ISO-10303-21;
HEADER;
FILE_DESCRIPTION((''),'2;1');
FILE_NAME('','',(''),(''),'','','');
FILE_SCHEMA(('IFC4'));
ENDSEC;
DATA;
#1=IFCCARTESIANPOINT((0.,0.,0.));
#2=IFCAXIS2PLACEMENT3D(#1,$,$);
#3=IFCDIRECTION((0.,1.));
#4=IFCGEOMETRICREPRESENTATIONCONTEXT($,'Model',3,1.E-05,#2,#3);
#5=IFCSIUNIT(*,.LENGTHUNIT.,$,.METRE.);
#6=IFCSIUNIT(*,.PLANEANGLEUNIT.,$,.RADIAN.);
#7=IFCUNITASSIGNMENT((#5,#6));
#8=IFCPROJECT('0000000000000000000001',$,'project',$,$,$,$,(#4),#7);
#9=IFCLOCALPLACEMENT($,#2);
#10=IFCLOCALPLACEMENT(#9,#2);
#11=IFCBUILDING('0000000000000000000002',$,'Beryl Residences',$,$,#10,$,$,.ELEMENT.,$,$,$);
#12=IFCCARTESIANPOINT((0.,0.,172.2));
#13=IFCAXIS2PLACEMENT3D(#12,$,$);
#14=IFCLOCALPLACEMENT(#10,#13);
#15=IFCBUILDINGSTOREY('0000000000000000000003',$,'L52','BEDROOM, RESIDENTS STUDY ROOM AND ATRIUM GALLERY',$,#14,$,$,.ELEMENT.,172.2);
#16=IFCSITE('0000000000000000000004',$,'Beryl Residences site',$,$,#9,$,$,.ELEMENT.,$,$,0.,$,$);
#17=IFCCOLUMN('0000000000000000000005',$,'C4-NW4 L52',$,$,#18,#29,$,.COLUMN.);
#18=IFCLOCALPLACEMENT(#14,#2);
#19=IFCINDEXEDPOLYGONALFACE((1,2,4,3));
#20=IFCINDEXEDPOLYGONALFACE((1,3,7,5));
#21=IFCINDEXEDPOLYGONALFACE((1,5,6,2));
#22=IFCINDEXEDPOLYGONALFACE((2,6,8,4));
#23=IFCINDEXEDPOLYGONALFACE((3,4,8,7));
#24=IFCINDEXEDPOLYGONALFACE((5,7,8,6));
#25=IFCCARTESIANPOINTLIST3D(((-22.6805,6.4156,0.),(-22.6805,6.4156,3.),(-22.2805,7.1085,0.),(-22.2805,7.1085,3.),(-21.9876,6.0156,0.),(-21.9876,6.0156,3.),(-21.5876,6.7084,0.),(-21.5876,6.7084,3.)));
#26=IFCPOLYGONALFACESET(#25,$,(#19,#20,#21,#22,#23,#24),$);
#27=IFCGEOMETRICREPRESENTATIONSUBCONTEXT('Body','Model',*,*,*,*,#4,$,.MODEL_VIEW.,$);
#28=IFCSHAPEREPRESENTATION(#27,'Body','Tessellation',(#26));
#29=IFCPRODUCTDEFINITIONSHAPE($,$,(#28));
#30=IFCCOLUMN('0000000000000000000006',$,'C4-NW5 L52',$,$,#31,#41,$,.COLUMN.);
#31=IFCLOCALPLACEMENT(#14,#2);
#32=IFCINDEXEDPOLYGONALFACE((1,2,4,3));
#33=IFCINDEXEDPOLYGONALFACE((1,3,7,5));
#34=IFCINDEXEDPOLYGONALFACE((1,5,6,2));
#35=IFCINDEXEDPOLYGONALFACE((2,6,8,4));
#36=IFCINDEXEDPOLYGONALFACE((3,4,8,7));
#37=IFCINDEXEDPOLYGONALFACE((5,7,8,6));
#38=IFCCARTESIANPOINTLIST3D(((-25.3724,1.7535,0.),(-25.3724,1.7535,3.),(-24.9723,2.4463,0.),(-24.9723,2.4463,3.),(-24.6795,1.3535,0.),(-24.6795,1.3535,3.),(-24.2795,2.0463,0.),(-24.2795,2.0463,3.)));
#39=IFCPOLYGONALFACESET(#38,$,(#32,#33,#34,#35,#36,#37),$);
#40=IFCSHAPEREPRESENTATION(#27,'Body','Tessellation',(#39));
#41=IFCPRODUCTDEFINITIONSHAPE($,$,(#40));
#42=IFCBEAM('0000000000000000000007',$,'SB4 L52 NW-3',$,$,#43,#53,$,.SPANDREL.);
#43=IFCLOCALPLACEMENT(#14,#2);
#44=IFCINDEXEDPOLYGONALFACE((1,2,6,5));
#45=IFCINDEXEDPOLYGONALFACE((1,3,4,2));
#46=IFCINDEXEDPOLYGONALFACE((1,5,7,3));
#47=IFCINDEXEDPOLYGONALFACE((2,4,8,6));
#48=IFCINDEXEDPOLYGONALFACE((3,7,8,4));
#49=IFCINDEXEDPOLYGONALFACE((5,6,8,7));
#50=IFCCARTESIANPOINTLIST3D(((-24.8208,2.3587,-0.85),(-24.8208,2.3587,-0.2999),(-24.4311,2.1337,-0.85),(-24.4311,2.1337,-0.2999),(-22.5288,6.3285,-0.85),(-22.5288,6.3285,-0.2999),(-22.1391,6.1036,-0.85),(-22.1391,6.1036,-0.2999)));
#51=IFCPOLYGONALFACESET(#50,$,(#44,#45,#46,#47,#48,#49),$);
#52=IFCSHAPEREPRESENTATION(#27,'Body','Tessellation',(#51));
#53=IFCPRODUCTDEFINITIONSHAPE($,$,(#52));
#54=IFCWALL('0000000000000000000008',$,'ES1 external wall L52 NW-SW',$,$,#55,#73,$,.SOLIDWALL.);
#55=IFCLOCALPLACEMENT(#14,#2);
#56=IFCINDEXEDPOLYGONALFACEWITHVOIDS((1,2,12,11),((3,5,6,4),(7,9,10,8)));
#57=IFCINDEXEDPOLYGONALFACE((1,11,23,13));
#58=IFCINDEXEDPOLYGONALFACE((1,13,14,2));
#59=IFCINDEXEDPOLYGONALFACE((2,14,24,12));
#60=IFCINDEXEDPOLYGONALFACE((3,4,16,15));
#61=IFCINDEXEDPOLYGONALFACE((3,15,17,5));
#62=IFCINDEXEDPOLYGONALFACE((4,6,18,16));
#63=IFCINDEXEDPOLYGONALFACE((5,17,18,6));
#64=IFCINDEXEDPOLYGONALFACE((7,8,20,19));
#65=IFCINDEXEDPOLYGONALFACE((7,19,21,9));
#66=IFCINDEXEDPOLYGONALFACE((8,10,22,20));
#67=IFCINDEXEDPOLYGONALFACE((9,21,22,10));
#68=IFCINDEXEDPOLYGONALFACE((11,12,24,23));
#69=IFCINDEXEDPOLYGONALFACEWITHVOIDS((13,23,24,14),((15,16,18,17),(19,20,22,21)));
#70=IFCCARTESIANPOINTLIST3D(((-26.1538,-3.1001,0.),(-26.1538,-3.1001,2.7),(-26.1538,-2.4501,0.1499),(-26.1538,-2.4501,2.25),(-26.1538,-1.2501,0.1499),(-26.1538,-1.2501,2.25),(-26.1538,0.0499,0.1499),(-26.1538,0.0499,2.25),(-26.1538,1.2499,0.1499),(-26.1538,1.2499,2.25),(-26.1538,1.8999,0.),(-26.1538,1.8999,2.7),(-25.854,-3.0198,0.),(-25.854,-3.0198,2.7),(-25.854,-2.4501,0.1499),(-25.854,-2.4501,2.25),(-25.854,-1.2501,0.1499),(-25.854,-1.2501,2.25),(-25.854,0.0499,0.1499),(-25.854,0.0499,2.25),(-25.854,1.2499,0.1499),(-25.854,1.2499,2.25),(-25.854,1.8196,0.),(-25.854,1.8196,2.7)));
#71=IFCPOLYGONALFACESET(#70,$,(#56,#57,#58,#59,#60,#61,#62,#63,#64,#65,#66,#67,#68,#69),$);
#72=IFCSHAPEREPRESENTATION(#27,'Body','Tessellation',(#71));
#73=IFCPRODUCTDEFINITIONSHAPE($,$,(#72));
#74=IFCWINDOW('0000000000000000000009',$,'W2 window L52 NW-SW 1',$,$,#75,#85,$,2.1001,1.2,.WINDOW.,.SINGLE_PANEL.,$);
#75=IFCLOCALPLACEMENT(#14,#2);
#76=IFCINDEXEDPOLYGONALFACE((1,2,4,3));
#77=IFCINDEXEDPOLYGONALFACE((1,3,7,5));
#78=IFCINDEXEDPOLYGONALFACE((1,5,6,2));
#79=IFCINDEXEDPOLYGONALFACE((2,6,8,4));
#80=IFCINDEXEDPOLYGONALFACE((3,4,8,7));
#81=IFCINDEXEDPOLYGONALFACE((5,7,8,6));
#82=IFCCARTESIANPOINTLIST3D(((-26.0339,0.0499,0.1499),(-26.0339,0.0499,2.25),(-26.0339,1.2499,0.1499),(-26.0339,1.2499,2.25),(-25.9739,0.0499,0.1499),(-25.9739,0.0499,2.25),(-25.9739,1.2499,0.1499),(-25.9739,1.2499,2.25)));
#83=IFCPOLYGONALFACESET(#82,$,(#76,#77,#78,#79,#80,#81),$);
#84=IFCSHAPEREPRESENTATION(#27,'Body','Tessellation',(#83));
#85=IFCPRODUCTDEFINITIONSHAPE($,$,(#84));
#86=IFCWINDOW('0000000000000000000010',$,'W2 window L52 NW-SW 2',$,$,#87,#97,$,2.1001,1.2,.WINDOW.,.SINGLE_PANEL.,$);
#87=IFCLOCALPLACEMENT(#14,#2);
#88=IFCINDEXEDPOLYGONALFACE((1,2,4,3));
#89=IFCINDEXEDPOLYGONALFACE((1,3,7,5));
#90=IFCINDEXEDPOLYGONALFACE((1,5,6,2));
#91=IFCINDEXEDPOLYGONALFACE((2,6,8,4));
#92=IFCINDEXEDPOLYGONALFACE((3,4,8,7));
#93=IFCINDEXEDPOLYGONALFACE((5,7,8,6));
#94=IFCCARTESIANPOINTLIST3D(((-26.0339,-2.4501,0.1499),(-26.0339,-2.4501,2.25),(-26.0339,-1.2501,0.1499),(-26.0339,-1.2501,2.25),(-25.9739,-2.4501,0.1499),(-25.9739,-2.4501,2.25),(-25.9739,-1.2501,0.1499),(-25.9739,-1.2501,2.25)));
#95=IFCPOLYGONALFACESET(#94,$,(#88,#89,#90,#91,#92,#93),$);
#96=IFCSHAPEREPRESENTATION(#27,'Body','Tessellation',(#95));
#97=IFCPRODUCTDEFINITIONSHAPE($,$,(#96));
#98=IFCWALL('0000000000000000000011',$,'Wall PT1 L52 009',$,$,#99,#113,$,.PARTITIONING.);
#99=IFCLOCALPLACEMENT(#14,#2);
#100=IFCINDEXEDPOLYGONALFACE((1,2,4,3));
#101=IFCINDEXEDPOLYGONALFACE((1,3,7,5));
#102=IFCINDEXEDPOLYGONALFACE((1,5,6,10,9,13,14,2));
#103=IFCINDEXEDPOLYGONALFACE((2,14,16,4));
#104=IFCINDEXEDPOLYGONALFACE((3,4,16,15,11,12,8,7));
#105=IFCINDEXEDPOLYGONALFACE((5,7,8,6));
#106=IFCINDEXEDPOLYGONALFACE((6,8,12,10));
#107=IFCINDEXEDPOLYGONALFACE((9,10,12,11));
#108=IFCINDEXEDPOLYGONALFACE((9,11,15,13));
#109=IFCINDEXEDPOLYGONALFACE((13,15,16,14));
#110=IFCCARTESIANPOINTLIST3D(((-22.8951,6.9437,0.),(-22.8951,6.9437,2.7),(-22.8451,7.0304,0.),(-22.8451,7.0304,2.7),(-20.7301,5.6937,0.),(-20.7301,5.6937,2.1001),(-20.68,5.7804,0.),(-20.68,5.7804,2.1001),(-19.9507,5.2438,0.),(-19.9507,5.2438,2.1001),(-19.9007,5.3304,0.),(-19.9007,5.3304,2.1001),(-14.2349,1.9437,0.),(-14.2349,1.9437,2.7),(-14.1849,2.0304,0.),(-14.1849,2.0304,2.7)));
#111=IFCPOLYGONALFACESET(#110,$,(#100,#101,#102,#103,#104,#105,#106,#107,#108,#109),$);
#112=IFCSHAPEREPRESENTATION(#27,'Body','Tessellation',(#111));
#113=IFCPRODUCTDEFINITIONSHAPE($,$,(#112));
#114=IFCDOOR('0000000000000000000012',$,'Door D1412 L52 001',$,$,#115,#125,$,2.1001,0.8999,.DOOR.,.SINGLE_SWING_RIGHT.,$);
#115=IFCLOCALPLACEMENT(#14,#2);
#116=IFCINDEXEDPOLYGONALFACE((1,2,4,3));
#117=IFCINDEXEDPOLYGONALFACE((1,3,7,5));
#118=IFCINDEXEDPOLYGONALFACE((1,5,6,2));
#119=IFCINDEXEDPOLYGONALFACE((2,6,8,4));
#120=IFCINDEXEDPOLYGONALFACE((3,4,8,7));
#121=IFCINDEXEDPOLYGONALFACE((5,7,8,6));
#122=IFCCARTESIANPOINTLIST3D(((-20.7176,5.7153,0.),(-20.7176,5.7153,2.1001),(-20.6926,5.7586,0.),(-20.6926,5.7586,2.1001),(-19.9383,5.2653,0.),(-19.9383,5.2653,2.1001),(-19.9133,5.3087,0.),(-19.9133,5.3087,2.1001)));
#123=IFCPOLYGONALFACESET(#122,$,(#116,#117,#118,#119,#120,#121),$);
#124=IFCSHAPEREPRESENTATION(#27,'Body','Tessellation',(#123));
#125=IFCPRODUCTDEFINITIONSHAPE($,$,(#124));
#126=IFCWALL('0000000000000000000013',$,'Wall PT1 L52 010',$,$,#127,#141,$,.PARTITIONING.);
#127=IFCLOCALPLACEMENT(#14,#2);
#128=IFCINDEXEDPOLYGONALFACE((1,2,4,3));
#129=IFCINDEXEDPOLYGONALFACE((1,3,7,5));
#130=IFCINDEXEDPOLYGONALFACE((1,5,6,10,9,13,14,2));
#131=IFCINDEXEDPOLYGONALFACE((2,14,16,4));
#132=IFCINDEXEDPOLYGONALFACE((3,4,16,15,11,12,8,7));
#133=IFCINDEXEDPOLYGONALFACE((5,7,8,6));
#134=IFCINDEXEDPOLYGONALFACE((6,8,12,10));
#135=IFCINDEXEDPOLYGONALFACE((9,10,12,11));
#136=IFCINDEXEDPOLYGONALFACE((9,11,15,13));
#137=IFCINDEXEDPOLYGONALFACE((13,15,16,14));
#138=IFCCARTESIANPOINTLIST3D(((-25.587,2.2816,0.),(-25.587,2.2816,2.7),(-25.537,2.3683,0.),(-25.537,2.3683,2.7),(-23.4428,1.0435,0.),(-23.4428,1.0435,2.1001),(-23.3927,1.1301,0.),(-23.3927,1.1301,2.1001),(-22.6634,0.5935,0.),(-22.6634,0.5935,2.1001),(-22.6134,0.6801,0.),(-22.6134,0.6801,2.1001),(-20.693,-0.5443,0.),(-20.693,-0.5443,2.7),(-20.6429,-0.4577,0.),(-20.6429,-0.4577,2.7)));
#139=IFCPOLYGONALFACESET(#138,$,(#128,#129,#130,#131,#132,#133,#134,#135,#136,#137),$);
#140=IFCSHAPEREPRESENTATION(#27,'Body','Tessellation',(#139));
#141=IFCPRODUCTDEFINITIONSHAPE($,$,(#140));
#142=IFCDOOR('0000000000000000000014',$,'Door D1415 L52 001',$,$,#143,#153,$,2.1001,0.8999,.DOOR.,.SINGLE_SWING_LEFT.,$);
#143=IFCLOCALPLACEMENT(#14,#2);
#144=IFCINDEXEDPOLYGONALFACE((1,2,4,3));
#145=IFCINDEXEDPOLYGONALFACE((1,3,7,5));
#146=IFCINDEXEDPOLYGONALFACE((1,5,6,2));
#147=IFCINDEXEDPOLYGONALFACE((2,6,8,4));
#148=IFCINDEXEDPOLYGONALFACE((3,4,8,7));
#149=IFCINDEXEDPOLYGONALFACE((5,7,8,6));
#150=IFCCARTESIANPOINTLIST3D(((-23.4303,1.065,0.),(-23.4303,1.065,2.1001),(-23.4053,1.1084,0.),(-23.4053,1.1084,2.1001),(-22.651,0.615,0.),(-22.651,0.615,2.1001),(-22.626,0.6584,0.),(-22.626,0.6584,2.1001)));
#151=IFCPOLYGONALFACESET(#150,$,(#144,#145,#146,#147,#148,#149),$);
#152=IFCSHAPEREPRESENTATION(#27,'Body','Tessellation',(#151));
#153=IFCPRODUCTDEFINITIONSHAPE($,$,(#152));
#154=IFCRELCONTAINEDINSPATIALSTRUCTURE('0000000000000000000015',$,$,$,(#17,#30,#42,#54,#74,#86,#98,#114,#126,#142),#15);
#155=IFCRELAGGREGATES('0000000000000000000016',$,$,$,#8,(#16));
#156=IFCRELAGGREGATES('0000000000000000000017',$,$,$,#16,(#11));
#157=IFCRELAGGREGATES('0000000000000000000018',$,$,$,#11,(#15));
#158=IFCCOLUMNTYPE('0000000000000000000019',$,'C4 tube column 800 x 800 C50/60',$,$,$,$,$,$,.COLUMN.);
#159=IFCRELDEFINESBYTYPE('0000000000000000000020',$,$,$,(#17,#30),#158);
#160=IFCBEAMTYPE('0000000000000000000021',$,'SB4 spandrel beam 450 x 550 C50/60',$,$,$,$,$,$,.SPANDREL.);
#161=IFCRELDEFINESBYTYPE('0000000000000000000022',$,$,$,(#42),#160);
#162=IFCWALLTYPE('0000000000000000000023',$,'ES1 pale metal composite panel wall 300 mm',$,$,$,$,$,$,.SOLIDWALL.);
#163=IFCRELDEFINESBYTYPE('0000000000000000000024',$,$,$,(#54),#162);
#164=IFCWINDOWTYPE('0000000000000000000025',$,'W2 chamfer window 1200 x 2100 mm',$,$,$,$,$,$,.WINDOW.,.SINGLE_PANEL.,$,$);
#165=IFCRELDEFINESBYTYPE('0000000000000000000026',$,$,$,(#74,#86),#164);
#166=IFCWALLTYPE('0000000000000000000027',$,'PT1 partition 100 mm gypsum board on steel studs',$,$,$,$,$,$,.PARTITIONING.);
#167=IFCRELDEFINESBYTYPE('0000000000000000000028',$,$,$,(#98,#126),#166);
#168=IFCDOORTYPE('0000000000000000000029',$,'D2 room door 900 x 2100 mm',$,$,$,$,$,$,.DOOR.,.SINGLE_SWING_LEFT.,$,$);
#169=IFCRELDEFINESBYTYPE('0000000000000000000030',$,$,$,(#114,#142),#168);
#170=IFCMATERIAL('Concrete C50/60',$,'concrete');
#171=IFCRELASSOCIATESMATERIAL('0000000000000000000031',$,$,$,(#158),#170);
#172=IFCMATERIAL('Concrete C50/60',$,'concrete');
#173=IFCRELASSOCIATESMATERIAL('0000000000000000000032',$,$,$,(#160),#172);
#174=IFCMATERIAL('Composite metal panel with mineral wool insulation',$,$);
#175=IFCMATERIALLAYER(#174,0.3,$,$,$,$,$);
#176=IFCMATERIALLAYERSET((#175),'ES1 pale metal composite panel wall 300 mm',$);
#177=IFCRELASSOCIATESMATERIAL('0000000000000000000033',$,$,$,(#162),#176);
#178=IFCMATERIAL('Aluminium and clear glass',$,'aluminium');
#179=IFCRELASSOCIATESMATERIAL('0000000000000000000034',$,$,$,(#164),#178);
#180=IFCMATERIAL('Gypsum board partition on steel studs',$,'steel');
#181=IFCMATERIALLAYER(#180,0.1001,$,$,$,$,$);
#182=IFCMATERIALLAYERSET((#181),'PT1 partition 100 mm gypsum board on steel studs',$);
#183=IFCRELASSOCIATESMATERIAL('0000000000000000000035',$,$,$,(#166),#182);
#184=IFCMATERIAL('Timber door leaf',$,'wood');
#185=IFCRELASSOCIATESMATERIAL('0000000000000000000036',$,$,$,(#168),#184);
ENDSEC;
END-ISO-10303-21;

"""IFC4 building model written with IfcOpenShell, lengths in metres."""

from ifc_helpers import new_model, si_unit, direction, frame, frame_2d, origin, origin_2d, place, context, subcontext, project, spatial, polyline, rectangle, outline, extrude, material, layer, layer_set, material_profile, profile_set, type_object, element, fill, save


model = new_model("IFC4")

# Units and contexts
model_context = context("Model", 3, precision=1e-05, world=origin(), true_north=direction((0.0, 1.0)))
body_context = subcontext(model_context, "Body", "Model", "MODEL_VIEW")
ifc_project = project(units=[si_unit("LENGTHUNIT", "METRE"), si_unit("PLANEANGLEUNIT", "RADIAN")], contexts=[model_context])

# Site, building, storey
site_placement = place(None, origin())
site = spatial("IfcSite", under=ifc_project, at=site_placement, Name="Beryl Residences site", CompositionType="ELEMENT", RefElevation=0.0)
building_placement = place(site_placement, origin())
building = spatial("IfcBuilding", under=site, at=building_placement, Name="Beryl Residences", CompositionType="ELEMENT")
storey_placement = place(building_placement, frame((0.0, 0.0, 172.2)))
storey = spatial("IfcBuildingStorey", under=building, at=storey_placement, Name="L52", Description="BEDROOM, RESIDENTS STUDY ROOM AND ATRIUM GALLERY", CompositionType="ELEMENT", Elevation=172.2)

# Columns
ifc_material_1 = material(Name="Concrete C50/60", Category="concrete")
ifc_material_profile_1 = material_profile(ifc_material_1, rectangle(XDim=0.8, YDim=0.8, at=origin_2d()))
ifc_profile_set_1 = profile_set([ifc_material_profile_1], Name="Concrete C50/60")
column_type = type_object("IfcColumnType", Name="C4 tube column 800 x 800 C50/60", PredefinedType="COLUMN", material=ifc_profile_set_1)
for number, where, z_axis, x_axis, name in (
    (1, (-22.134, 6.562, 0.0), (0.0, 0.0, 1.0), (-0.5, -0.866025, 0.0), "C4-NW4 L52"),
    (2, (-24.8259, 1.8999, 0.0), (0.0, 0.0, 1.0), (-0.5, -0.866025, 0.0), "C4-NW5 L52"),
):
    element("IfcColumn", number, at=place(storey_placement, frame(where, z_axis=z_axis, x_axis=x_axis)), inside=storey, type_object=column_type, Name=name, PredefinedType="COLUMN", context=body_context, shape_type="SweptSolid", body=[
        extrude(rectangle(XDim=0.8, YDim=0.8, at=origin_2d()), origin(), (0.0, 0.0, 1.0), 3.0),
    ])

# Beam
ifc_material_2 = material(Name="Concrete C50/60", Category="concrete")
ifc_material_profile_2 = material_profile(ifc_material_2, rectangle(XDim=0.45, YDim=0.55, at=origin_2d()))
ifc_profile_set_2 = profile_set([ifc_material_profile_2], Name="Concrete C50/60")
beam_type = type_object("IfcBeamType", Name="SB4 spandrel beam 450 x 550 C50/60", PredefinedType="SPANDREL", material=ifc_profile_set_2)
beam_placement = place(storey_placement, frame((-22.334, 6.2161, -0.575), z_axis=(-0.499988, -0.866032, 0.0), x_axis=(0.866032, -0.499988, 0.0)))
element("IfcBeam", 3, at=beam_placement, inside=storey, type_object=beam_type, Name="SB4 L52 NW-3", PredefinedType="SPANDREL", context=body_context, shape_type="SweptSolid", body=[
    extrude(rectangle(XDim=0.45, YDim=0.55, at=origin_2d()), origin(), (0.0, 0.0, 1.0), 4.584),
])

# Wall, openings, windows
ifc_material_3 = material(Name="Composite metal panel with mineral wool insulation")
ifc_layer_1 = layer(ifc_material_3, 0.3)
ifc_layer_set_1 = layer_set([ifc_layer_1], Name="ES1 pale metal composite panel wall 300 mm")
wall_type_1 = type_object("IfcWallType", Name="ES1 pale metal composite panel wall 300 mm", PredefinedType="SOLIDWALL", material=ifc_layer_set_1)
wall_1_placement = place(storey_placement, frame((-26.0039, 1.8999, 0.0), z_axis=(0.0, 0.0, 1.0), x_axis=(0.0, -1.0, 0.0)))
wall_1 = element("IfcWall", 4, at=wall_1_placement, inside=storey, type_object=wall_type_1, Name="ES1 external wall L52 NW-SW", PredefinedType="SOLIDWALL", context=body_context, shape_type="SweptSolid", body=[
    extrude(outline(polyline([(0.0, -0.1499), (5.0, -0.1499), (4.9197, 0.1499), (0.0803, 0.1499), (0.0, -0.1499)])), origin(), (0.0, 0.0, 1.0), 2.7),
])
opening_1_placement = place(wall_1_placement, frame((0.6499, 0.0, 0.1499)))
opening_1 = element("IfcOpeningElement", 5, at=opening_1_placement, cuts=wall_1, PredefinedType="OPENING", context=body_context, shape_type="SweptSolid", body=[
    extrude(rectangle(XDim=1.2, YDim=2.1001, at=frame_2d((0.6001, 1.05))), frame((0.0, 0.1599, 0.0), z_axis=(0.0, -1.0, 0.0), x_axis=(1.0, 0.0, 0.0)), (0.0, 0.0, 1.0), 0.3201),
])
opening_2_placement = place(wall_1_placement, frame((3.1499, 0.0, 0.1499)))
opening_2 = element("IfcOpeningElement", 6, at=opening_2_placement, cuts=wall_1, PredefinedType="OPENING", context=body_context, shape_type="SweptSolid", body=[
    extrude(rectangle(XDim=1.2, YDim=2.1001, at=frame_2d((0.6001, 1.05))), frame((0.0, 0.1599, 0.0), z_axis=(0.0, -1.0, 0.0), x_axis=(1.0, 0.0, 0.0)), (0.0, 0.0, 1.0), 0.3201),
])
ifc_material_4 = material(Name="Aluminium and clear glass", Category="aluminium")
window_type = type_object("IfcWindowType", Name="W2 chamfer window 1200 x 2100 mm", PartitioningType="SINGLE_PANEL", PredefinedType="WINDOW", material=ifc_material_4)
window_1_placement = place(opening_1_placement, origin())
window_1 = element("IfcWindow", 7, at=window_1_placement, inside=storey, type_object=window_type, Name="W2 window L52 NW-SW 1", OverallHeight=2.1001, OverallWidth=1.2, PartitioningType="SINGLE_PANEL", PredefinedType="WINDOW", context=body_context, shape_type="SweptSolid", body=[
    extrude(rectangle(XDim=1.2, YDim=2.1001, at=frame_2d((0.6001, 1.05))), frame((0.0, 0.03, 0.0), z_axis=(0.0, -1.0, 0.0), x_axis=(1.0, 0.0, 0.0)), (0.0, 0.0, 1.0), 0.0601),
])
fill(opening_1, window_1)
window_2_placement = place(opening_2_placement, origin())
window_2 = element("IfcWindow", 8, at=window_2_placement, inside=storey, type_object=window_type, Name="W2 window L52 NW-SW 2", OverallHeight=2.1001, OverallWidth=1.2, PartitioningType="SINGLE_PANEL", PredefinedType="WINDOW", context=body_context, shape_type="SweptSolid", body=[
    extrude(rectangle(XDim=1.2, YDim=2.1001, at=frame_2d((0.6001, 1.05))), frame((0.0, 0.03, 0.0), z_axis=(0.0, -1.0, 0.0), x_axis=(1.0, 0.0, 0.0)), (0.0, 0.0, 1.0), 0.0601),
])
fill(opening_2, window_2)

# Walls, openings, doors
ifc_material_5 = material(Name="Gypsum board partition on steel studs", Category="steel")
ifc_layer_2 = layer(ifc_material_5, 0.1001)
ifc_layer_set_2 = layer_set([ifc_layer_2], Name="PT1 partition 100 mm gypsum board on steel studs")
wall_type_2 = type_object("IfcWallType", Name="PT1 partition 100 mm gypsum board on steel studs", PredefinedType="PARTITIONING", material=ifc_layer_set_2)
wall_2_placement = place(storey_placement, frame((-22.8701, 6.9871, 0.0), z_axis=(0.0, 0.0, 1.0), x_axis=(0.866023, -0.500004, 0.0)))
wall_2 = element("IfcWall", 9, at=wall_2_placement, inside=storey, type_object=wall_type_2, Name="Wall PT1 L52 009", PredefinedType="PARTITIONING", context=body_context, shape_type="SweptSolid", body=[
    extrude(rectangle(XDim=10.0, YDim=0.1001, at=frame_2d((5.0, 0.0))), origin(), (0.0, 0.0, 1.0), 2.7),
])
opening_3_placement = place(wall_2_placement, frame((2.5, 0.0, 0.0)))
opening_3 = element("IfcOpeningElement", 10, at=opening_3_placement, cuts=wall_2, PredefinedType="OPENING", context=body_context, shape_type="SweptSolid", body=[
    extrude(rectangle(XDim=0.8999, YDim=2.1001, at=frame_2d((0.45, 1.05))), frame((0.0, 0.0601, 0.0), z_axis=(0.0, -1.0, 0.0), x_axis=(1.0, 0.0, 0.0)), (0.0, 0.0, 1.0), 0.1201),
])
ifc_material_6 = material(Name="Timber door leaf", Category="wood")
door_type = type_object("IfcDoorType", Name="D2 room door 900 x 2100 mm", OperationType="SINGLE_SWING_LEFT", PredefinedType="DOOR", material=ifc_material_6)
door_1_placement = place(opening_3_placement, origin())
door_1 = element("IfcDoor", 11, at=door_1_placement, inside=storey, type_object=door_type, Name="Door D1412 L52 001", OperationType="SINGLE_SWING_RIGHT", OverallHeight=2.1001, OverallWidth=0.8999, PredefinedType="DOOR", context=body_context, shape_type="SweptSolid", body=[
    extrude(rectangle(XDim=0.8999, YDim=2.1001, at=frame_2d((0.45, 1.05))), frame((0.0, 0.0249, 0.0), z_axis=(0.0, -1.0, 0.0), x_axis=(1.0, 0.0, 0.0)), (0.0, 0.0, 1.0), 0.05),
])
fill(opening_3, door_1)
wall_3_placement = place(storey_placement, frame((-25.562, 2.325, 0.0), z_axis=(0.0, 0.0, 1.0), x_axis=(0.865999, -0.500047, 0.0)))
wall_3 = element("IfcWall", 12, at=wall_3_placement, inside=storey, type_object=wall_type_2, Name="Wall PT1 L52 010", PredefinedType="PARTITIONING", context=body_context, shape_type="SweptSolid", body=[
    extrude(rectangle(XDim=5.6514, YDim=0.1001, at=frame_2d((2.8257, 0.0))), origin(), (0.0, 0.0, 1.0), 2.7),
])
opening_4_placement = place(wall_3_placement, frame((2.4761, 0.0, 0.0)))
opening_4 = element("IfcOpeningElement", 13, at=opening_4_placement, cuts=wall_3, PredefinedType="OPENING", context=body_context, shape_type="SweptSolid", body=[
    extrude(rectangle(XDim=0.8999, YDim=2.1001, at=frame_2d((0.45, 1.05))), frame((0.0, 0.0601, 0.0), z_axis=(0.0, -1.0, 0.0), x_axis=(1.0, 0.0, 0.0)), (0.0, 0.0, 1.0), 0.1201),
])
door_2_placement = place(opening_4_placement, origin())
door_2 = element("IfcDoor", 14, at=door_2_placement, inside=storey, type_object=door_type, Name="Door D1415 L52 001", OperationType="SINGLE_SWING_LEFT", OverallHeight=2.1001, OverallWidth=0.8999, PredefinedType="DOOR", context=body_context, shape_type="SweptSolid", body=[
    extrude(rectangle(XDim=0.8999, YDim=2.1001, at=frame_2d((0.45, 1.05))), frame((0.0, 0.0249, 0.0), z_axis=(0.0, -1.0, 0.0), x_axis=(1.0, 0.0, 0.0)), (0.0, 0.0, 1.0), 0.05),
])
fill(opening_4, door_2)

save(model, "model.ifc")
